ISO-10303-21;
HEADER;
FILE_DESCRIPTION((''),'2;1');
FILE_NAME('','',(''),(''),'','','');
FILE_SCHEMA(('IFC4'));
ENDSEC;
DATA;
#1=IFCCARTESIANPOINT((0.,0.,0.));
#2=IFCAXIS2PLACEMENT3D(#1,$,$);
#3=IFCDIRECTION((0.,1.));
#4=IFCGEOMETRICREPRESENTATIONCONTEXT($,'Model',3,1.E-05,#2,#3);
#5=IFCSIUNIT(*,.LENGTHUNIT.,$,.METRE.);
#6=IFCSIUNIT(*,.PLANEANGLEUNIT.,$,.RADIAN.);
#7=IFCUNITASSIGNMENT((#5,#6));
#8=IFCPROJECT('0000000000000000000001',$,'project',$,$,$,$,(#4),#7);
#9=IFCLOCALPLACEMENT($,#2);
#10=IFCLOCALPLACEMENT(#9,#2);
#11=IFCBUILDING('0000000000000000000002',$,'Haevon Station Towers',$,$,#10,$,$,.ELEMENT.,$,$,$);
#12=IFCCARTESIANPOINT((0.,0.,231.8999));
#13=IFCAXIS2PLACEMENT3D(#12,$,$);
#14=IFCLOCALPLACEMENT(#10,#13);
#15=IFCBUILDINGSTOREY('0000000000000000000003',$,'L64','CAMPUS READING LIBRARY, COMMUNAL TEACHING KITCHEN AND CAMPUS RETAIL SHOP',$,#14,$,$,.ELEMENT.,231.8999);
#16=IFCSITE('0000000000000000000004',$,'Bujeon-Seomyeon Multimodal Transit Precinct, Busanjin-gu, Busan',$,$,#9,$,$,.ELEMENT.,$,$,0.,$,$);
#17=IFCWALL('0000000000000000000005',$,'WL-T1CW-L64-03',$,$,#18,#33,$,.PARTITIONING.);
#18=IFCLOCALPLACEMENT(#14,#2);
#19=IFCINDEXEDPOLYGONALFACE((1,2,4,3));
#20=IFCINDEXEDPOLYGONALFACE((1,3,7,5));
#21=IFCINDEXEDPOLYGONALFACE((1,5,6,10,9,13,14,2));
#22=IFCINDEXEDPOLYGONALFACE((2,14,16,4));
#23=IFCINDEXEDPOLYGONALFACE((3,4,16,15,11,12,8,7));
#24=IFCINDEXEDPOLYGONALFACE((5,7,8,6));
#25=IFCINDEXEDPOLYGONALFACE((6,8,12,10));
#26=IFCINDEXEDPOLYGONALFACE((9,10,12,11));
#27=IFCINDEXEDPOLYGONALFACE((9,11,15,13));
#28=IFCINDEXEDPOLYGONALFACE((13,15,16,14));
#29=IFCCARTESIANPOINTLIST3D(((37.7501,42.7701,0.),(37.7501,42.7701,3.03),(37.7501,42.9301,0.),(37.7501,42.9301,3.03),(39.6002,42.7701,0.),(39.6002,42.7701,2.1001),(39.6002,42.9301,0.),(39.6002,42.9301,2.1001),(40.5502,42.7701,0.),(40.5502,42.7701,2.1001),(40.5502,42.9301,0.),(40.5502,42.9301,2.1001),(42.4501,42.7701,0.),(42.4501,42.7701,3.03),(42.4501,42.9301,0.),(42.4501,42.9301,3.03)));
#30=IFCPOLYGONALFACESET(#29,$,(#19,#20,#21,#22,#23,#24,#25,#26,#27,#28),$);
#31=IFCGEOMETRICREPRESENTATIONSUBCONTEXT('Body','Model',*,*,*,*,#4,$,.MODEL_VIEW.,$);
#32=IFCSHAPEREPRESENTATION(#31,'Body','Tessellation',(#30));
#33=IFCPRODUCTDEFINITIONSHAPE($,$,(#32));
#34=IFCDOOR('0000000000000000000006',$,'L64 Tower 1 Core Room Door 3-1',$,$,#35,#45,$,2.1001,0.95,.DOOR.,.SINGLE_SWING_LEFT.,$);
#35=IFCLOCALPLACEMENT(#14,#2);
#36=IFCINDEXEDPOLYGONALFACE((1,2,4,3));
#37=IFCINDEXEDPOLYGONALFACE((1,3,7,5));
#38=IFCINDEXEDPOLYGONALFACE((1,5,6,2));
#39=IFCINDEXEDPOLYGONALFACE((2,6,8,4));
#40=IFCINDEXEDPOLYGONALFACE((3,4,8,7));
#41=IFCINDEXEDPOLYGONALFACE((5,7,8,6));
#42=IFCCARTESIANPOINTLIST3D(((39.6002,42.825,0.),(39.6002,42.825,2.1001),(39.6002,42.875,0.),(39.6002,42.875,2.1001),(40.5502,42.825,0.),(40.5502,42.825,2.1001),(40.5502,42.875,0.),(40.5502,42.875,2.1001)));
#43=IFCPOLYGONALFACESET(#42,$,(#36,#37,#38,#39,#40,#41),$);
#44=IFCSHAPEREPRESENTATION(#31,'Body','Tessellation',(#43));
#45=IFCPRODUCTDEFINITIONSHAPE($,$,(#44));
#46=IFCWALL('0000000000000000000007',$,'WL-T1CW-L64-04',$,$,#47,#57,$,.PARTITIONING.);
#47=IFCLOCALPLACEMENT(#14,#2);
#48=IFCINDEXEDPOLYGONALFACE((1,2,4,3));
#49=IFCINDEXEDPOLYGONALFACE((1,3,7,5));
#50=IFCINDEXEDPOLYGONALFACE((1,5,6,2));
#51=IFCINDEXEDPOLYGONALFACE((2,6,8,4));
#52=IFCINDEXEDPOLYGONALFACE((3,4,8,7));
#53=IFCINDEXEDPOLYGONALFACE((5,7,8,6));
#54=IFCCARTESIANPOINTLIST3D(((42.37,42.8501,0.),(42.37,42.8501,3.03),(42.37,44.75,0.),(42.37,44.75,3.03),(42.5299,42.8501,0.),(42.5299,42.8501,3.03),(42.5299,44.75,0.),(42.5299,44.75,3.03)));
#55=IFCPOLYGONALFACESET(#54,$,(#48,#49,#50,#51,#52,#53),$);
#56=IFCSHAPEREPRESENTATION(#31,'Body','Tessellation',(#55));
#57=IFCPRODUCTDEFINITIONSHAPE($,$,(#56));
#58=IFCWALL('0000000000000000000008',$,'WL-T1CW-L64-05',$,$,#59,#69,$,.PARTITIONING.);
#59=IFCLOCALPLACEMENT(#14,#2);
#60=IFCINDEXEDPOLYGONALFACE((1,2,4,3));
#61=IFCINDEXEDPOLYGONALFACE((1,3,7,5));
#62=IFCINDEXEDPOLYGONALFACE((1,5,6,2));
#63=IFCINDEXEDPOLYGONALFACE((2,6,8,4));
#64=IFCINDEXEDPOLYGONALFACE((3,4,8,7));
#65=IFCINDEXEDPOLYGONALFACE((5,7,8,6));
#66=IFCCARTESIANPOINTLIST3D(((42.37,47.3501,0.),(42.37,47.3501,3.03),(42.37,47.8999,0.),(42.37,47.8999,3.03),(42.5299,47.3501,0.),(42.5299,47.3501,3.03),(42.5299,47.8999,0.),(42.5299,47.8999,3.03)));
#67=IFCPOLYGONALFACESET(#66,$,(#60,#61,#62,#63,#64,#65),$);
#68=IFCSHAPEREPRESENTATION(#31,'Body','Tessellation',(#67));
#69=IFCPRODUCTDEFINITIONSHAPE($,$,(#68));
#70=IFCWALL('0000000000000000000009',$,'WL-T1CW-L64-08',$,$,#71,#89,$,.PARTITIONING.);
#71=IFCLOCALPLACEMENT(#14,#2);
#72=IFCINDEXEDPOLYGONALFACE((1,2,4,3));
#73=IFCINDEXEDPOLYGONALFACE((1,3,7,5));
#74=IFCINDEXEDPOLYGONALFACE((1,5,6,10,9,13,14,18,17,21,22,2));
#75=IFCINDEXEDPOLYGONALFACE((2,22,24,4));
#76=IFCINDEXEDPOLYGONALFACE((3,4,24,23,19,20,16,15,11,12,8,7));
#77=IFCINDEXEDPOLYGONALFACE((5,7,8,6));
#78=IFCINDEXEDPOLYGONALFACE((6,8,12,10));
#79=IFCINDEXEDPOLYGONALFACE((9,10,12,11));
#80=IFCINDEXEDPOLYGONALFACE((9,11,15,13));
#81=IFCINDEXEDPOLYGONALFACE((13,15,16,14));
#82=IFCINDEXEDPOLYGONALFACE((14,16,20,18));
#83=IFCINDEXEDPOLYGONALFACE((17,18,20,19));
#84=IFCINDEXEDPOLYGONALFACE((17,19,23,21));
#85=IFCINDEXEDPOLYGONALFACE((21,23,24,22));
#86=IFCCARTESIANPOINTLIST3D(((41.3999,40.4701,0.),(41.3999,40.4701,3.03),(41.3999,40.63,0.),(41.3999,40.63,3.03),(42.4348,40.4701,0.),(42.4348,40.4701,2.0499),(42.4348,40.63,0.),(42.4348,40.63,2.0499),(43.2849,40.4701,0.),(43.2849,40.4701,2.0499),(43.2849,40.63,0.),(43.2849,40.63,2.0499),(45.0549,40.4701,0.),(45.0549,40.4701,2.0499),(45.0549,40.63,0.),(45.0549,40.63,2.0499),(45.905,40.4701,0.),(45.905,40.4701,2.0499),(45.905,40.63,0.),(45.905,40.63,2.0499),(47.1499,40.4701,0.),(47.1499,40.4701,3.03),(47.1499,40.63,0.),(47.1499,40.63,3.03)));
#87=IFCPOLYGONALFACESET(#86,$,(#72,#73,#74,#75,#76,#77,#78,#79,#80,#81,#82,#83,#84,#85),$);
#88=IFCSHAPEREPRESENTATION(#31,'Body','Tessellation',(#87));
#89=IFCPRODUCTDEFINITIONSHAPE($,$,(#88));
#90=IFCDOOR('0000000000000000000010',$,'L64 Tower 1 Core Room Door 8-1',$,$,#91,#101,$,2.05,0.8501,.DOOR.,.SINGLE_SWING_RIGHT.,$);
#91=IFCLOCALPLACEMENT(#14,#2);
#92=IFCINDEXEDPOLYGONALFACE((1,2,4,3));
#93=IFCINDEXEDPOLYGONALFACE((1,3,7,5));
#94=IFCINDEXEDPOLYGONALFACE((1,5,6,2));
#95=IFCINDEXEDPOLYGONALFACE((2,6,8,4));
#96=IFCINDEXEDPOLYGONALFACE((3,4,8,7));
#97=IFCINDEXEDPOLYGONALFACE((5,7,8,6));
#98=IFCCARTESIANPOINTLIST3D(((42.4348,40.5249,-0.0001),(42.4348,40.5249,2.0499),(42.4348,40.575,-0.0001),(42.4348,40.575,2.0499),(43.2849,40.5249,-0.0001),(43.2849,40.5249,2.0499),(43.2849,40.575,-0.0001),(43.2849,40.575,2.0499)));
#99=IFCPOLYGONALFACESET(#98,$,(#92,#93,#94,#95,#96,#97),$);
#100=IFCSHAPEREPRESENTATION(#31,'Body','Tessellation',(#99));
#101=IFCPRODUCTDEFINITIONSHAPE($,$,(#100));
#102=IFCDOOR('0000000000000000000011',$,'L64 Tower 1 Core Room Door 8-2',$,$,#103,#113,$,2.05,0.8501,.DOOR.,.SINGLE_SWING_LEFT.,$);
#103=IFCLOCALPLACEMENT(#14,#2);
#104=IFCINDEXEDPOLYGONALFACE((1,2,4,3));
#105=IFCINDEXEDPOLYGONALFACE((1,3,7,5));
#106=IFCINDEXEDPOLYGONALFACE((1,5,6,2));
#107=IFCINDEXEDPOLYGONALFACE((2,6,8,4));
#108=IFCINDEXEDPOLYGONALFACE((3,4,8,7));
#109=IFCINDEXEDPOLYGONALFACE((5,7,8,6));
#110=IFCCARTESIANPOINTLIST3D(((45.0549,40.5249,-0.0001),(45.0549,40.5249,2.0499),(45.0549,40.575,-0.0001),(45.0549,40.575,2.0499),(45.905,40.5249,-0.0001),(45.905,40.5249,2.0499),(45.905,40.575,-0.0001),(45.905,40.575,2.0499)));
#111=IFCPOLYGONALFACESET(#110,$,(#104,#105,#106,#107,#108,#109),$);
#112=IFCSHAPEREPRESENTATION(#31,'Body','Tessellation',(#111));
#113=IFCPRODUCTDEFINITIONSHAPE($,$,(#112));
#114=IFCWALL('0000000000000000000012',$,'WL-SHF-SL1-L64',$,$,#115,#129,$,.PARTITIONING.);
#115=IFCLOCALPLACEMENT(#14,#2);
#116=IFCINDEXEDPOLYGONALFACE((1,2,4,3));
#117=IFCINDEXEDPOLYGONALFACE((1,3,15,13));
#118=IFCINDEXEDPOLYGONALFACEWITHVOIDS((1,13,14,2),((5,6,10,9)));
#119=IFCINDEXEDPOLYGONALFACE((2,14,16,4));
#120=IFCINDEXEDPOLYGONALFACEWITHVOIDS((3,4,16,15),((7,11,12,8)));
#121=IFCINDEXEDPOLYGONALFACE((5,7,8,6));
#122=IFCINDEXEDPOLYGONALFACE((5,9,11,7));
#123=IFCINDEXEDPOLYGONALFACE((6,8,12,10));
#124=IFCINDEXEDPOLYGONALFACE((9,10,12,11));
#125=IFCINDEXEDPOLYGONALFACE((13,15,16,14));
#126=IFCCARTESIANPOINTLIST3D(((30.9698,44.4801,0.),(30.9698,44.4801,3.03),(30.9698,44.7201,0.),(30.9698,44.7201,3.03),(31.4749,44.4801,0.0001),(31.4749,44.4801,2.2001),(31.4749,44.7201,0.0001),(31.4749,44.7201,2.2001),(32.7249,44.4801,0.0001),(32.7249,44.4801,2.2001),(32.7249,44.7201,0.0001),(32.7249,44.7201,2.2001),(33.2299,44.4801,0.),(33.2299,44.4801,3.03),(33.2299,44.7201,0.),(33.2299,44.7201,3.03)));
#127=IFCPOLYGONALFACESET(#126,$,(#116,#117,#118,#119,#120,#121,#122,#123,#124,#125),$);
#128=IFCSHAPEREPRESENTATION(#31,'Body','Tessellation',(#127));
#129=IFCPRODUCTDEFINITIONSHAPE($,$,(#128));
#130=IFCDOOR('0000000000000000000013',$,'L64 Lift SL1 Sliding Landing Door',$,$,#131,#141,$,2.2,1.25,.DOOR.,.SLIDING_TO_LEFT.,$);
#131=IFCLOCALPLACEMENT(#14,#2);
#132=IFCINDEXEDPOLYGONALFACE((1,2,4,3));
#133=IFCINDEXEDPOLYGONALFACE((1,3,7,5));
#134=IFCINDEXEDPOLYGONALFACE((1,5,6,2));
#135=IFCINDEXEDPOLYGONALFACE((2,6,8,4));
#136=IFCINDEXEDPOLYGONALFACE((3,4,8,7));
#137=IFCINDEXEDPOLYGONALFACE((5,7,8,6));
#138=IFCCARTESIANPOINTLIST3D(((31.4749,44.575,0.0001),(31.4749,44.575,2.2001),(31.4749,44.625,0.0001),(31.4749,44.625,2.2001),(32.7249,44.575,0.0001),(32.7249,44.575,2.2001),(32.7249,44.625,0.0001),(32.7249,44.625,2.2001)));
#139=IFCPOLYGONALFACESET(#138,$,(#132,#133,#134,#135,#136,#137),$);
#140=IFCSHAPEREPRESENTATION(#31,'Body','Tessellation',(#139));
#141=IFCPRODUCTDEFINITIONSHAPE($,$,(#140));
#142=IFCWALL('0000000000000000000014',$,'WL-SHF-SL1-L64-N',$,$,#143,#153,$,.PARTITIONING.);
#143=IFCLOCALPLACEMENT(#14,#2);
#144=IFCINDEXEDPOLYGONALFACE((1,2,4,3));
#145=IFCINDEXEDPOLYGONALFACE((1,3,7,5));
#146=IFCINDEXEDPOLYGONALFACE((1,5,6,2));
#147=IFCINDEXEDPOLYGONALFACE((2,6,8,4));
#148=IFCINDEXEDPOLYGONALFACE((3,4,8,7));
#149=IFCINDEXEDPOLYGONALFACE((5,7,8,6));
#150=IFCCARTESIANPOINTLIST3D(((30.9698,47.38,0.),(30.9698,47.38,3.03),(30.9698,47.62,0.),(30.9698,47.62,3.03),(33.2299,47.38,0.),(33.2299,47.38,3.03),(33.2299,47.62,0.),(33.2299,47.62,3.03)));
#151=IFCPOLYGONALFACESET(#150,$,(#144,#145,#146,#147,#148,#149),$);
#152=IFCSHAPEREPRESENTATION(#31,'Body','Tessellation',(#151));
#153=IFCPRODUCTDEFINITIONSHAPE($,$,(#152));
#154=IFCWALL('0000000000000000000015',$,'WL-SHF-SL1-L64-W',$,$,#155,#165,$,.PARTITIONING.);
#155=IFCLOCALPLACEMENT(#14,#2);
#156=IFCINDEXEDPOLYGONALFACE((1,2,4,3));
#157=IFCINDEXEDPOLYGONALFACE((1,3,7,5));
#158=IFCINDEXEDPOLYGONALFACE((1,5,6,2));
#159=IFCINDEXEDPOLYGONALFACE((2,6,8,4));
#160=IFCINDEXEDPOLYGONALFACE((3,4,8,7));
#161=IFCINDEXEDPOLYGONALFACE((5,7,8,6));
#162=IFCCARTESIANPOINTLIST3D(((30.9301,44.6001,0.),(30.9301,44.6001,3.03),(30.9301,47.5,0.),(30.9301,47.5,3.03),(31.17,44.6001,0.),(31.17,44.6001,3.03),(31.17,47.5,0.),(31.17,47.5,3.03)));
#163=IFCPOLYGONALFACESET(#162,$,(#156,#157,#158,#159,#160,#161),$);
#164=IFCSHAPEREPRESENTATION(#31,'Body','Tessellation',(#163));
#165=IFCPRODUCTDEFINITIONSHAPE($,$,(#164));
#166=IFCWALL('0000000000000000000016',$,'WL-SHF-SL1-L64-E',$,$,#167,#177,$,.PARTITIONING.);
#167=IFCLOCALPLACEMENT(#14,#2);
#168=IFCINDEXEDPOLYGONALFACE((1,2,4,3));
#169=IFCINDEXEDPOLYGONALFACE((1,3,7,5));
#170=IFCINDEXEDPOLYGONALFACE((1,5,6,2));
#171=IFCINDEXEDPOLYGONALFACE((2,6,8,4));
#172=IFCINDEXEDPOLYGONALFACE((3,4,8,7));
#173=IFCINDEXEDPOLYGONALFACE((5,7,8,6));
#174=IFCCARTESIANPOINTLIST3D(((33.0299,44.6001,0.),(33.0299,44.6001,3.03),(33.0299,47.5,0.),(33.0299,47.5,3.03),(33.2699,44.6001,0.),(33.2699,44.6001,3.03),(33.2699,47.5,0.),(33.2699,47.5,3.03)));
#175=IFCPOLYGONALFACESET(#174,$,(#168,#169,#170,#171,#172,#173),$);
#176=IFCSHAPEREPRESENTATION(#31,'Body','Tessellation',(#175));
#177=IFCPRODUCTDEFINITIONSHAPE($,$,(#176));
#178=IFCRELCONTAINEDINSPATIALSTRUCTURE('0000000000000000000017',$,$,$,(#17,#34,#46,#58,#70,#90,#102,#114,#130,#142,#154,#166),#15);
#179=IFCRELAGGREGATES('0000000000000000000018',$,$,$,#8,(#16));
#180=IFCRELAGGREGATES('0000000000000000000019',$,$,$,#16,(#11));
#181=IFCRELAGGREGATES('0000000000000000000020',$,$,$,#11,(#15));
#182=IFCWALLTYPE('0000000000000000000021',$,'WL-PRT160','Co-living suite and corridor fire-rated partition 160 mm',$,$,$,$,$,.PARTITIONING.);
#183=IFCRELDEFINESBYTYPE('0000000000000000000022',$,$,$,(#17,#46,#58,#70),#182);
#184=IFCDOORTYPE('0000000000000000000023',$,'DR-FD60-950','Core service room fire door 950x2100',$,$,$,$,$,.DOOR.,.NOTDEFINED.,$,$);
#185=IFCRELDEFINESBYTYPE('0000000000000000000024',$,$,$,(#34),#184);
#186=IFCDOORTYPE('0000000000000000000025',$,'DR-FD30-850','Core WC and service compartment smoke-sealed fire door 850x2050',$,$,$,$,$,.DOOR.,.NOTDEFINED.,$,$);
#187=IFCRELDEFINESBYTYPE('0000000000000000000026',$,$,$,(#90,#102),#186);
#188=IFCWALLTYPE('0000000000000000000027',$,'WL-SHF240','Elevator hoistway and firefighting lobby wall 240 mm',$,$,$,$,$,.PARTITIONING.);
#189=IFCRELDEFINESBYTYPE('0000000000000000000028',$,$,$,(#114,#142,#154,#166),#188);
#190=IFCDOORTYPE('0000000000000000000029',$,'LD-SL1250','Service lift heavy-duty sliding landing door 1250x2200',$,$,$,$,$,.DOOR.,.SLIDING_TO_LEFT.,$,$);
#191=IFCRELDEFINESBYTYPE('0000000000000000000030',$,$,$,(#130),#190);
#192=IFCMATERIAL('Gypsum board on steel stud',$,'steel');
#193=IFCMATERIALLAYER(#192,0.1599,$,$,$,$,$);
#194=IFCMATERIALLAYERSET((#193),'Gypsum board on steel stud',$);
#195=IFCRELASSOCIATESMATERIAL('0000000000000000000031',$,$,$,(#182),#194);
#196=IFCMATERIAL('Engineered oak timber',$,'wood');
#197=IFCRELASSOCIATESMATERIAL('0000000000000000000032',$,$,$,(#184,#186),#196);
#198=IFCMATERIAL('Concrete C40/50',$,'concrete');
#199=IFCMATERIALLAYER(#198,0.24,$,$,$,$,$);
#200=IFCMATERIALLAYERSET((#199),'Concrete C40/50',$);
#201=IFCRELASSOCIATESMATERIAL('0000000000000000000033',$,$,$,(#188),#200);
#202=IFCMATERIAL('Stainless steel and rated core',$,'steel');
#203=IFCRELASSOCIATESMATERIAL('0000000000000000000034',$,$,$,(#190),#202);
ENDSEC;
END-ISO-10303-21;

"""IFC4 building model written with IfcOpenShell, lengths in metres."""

from ifc_helpers import new_model, si_unit, direction, frame, frame_2d, origin, place, context, subcontext, project, spatial, rectangle, extrude, material, layer, layer_set, type_object, element, fill, save


model = new_model("IFC4")

# Units and contexts
model_context = context("Model", 3, precision=1e-05, world=origin(), true_north=direction((0.0, 1.0)))
body_context = subcontext(model_context, "Body", "Model", "MODEL_VIEW")
ifc_project = project(units=[si_unit("LENGTHUNIT", "METRE"), si_unit("PLANEANGLEUNIT", "RADIAN")], contexts=[model_context])

# Site, building, storey
site_placement = place(None, origin())
site = spatial("IfcSite", under=ifc_project, at=site_placement, Name="Bujeon-Seomyeon Multimodal Transit Precinct, Busanjin-gu, Busan", CompositionType="ELEMENT", RefElevation=0.0)
building_placement = place(site_placement, origin())
building = spatial("IfcBuilding", under=site, at=building_placement, Name="Haevon Station Towers", CompositionType="ELEMENT")
storey_placement = place(building_placement, frame((0.0, 0.0, 231.8999)))
storey = spatial("IfcBuildingStorey", under=building, at=storey_placement, Name="L64", Description="CAMPUS READING LIBRARY, COMMUNAL TEACHING KITCHEN AND CAMPUS RETAIL SHOP", CompositionType="ELEMENT", Elevation=231.8999)

# Shared definitions
ifc_material_1 = material(Name="Gypsum board on steel stud", Category="steel")
ifc_layer_1 = layer(ifc_material_1, 0.1599)
ifc_layer_set_1 = layer_set([ifc_layer_1], Name="Gypsum board on steel stud")
wall_type_1 = type_object("IfcWallType", Name="WL-PRT160", Description="Co-living suite and corridor fire-rated partition 160 mm", PredefinedType="PARTITIONING", material=ifc_layer_set_1)
ifc_material_2 = material(Name="Engineered oak timber", Category="wood")
door_type_1 = type_object("IfcDoorType", Name="DR-FD60-950", Description="Core service room fire door 950x2100", OperationType="NOTDEFINED", PredefinedType="DOOR", material=ifc_material_2)

# Wall, opening, door
wall_1_placement = place(storey_placement, frame((37.75, 42.8501, 0.0), z_axis=(0.0, 0.0, 1.0), x_axis=(1.0, 0.0, 0.0)))
wall_1 = element("IfcWall", 1, at=wall_1_placement, inside=storey, type_object=wall_type_1, Name="WL-T1CW-L64-03", PredefinedType="PARTITIONING", context=body_context, shape_type="SweptSolid", body=[
    extrude(rectangle(XDim=4.7, YDim=0.1599, at=frame_2d((2.3501, 0.0))), origin(), (0.0, 0.0, 1.0), 3.03),
])
opening_1_placement = place(wall_1_placement, frame((1.8501, 0.0, 0.0)))
opening_1 = element("IfcOpeningElement", 2, at=opening_1_placement, cuts=wall_1, PredefinedType="OPENING", context=body_context, shape_type="SweptSolid", body=[
    extrude(rectangle(XDim=0.95, YDim=2.1001, at=frame_2d((0.4751, 1.05))), frame((0.0, 0.0898, 0.0), z_axis=(0.0, -1.0, 0.0), x_axis=(1.0, 0.0, 0.0)), (0.0, 0.0, 1.0), 0.1799),
])
door_1_placement = place(opening_1_placement, origin())
door_1 = element("IfcDoor", 3, at=door_1_placement, inside=storey, type_object=door_type_1, Name="L64 Tower 1 Core Room Door 3-1", OperationType="SINGLE_SWING_LEFT", OverallHeight=2.1001, OverallWidth=0.95, PredefinedType="DOOR", context=body_context, shape_type="SweptSolid", body=[
    extrude(rectangle(XDim=0.95, YDim=2.1001, at=frame_2d((0.4751, 1.05))), frame((0.0, 0.0249, 0.0), z_axis=(0.0, -1.0, 0.0), x_axis=(1.0, 0.0, 0.0)), (0.0, 0.0, 1.0), 0.05),
])
fill(opening_1, door_1)

# Walls
wall_2_placement = place(storey_placement, frame((42.45, 42.8501, 0.0), z_axis=(0.0, 0.0, 1.0), x_axis=(0.0, 1.0, 0.0)))
element("IfcWall", 4, at=wall_2_placement, inside=storey, type_object=wall_type_1, Name="WL-T1CW-L64-04", PredefinedType="PARTITIONING", context=body_context, shape_type="SweptSolid", body=[
    extrude(rectangle(XDim=1.8999, YDim=0.1599, at=frame_2d((0.95, 0.0))), origin(), (0.0, 0.0, 1.0), 3.03),
])
wall_3_placement = place(storey_placement, frame((42.45, 47.3501, 0.0), z_axis=(0.0, 0.0, 1.0), x_axis=(0.0, 1.0, 0.0)))
element("IfcWall", 5, at=wall_3_placement, inside=storey, type_object=wall_type_1, Name="WL-T1CW-L64-05", PredefinedType="PARTITIONING", context=body_context, shape_type="SweptSolid", body=[
    extrude(rectangle(XDim=0.5498, YDim=0.1599, at=frame_2d((0.2749, 0.0))), origin(), (0.0, 0.0, 1.0), 3.03),
])

# Wall, openings, doors
wall_4_placement = place(storey_placement, frame((41.3999, 40.55, 0.0), z_axis=(0.0, 0.0, 1.0), x_axis=(1.0, 0.0, 0.0)))
wall_4 = element("IfcWall", 6, at=wall_4_placement, inside=storey, type_object=wall_type_1, Name="WL-T1CW-L64-08", PredefinedType="PARTITIONING", context=body_context, shape_type="SweptSolid", body=[
    extrude(rectangle(XDim=5.75, YDim=0.1599, at=frame_2d((2.875, 0.0))), origin(), (0.0, 0.0, 1.0), 3.03),
])
opening_2_placement = place(wall_4_placement, frame((1.0349, 0.0, 0.0)))
opening_2 = element("IfcOpeningElement", 7, at=opening_2_placement, cuts=wall_4, PredefinedType="OPENING", context=body_context, shape_type="SweptSolid", body=[
    extrude(rectangle(XDim=0.8501, YDim=2.05, at=frame_2d((0.425, 1.0249))), frame((0.0, 0.0898, 0.0), z_axis=(0.0, -1.0, 0.0), x_axis=(1.0, 0.0, 0.0)), (0.0, 0.0, 1.0), 0.1799),
])
opening_3_placement = place(wall_4_placement, frame((3.655, 0.0, 0.0)))
opening_3 = element("IfcOpeningElement", 8, at=opening_3_placement, cuts=wall_4, PredefinedType="OPENING", context=body_context, shape_type="SweptSolid", body=[
    extrude(rectangle(XDim=0.8501, YDim=2.05, at=frame_2d((0.425, 1.0249))), frame((0.0, 0.0898, 0.0), z_axis=(0.0, -1.0, 0.0), x_axis=(1.0, 0.0, 0.0)), (0.0, 0.0, 1.0), 0.1799),
])
door_type_2 = type_object("IfcDoorType", Name="DR-FD30-850", Description="Core WC and service compartment smoke-sealed fire door 850x2050", OperationType="NOTDEFINED", PredefinedType="DOOR", material=ifc_material_2)
door_2_placement = place(opening_2_placement, origin())
door_2 = element("IfcDoor", 9, at=door_2_placement, inside=storey, type_object=door_type_2, Name="L64 Tower 1 Core Room Door 8-1", OperationType="SINGLE_SWING_RIGHT", OverallHeight=2.05, OverallWidth=0.8501, PredefinedType="DOOR", context=body_context, shape_type="SweptSolid", body=[
    extrude(rectangle(XDim=0.8501, YDim=2.05, at=frame_2d((0.425, 1.0249))), frame((0.0, 0.0249, 0.0), z_axis=(0.0, -1.0, 0.0), x_axis=(1.0, 0.0, 0.0)), (0.0, 0.0, 1.0), 0.05),
])
fill(opening_2, door_2)
door_3_placement = place(opening_3_placement, origin())
door_3 = element("IfcDoor", 10, at=door_3_placement, inside=storey, type_object=door_type_2, Name="L64 Tower 1 Core Room Door 8-2", OperationType="SINGLE_SWING_LEFT", OverallHeight=2.05, OverallWidth=0.8501, PredefinedType="DOOR", context=body_context, shape_type="SweptSolid", body=[
    extrude(rectangle(XDim=0.8501, YDim=2.05, at=frame_2d((0.425, 1.0249))), frame((0.0, 0.0249, 0.0), z_axis=(0.0, -1.0, 0.0), x_axis=(1.0, 0.0, 0.0)), (0.0, 0.0, 1.0), 0.05),
])
fill(opening_3, door_3)

# Wall, opening, door
ifc_material_3 = material(Name="Concrete C40/50", Category="concrete")
ifc_layer_2 = layer(ifc_material_3, 0.24)
ifc_layer_set_2 = layer_set([ifc_layer_2], Name="Concrete C40/50")
wall_type_2 = type_object("IfcWallType", Name="WL-SHF240", Description="Elevator hoistway and firefighting lobby wall 240 mm", PredefinedType="PARTITIONING", material=ifc_layer_set_2)
wall_5_placement = place(storey_placement, frame((30.97, 44.6001, 0.0), z_axis=(0.0, 0.0, 1.0), x_axis=(1.0, 0.0, 0.0)))
wall_5 = element("IfcWall", 11, at=wall_5_placement, inside=storey, type_object=wall_type_2, Name="WL-SHF-SL1-L64", PredefinedType="PARTITIONING", context=body_context, shape_type="SweptSolid", body=[
    extrude(rectangle(XDim=2.26, YDim=0.24, at=frame_2d((1.1299, 0.0))), origin(), (0.0, 0.0, 1.0), 3.03),
])
opening_4_placement = place(wall_5_placement, frame((0.5049, 0.0, 0.0)))
opening_4 = element("IfcOpeningElement", 12, at=opening_4_placement, cuts=wall_5, PredefinedType="OPENING", context=body_context, shape_type="SweptSolid", body=[
    extrude(rectangle(XDim=1.25, YDim=2.2, at=frame_2d((0.625, 1.1001))), frame((0.0, 0.1299, 0.0), z_axis=(0.0, -1.0, 0.0), x_axis=(1.0, 0.0, 0.0)), (0.0, 0.0, 1.0), 0.26),
])
ifc_material_4 = material(Name="Stainless steel and rated core", Category="steel")
door_type_3 = type_object("IfcDoorType", Name="LD-SL1250", Description="Service lift heavy-duty sliding landing door 1250x2200", OperationType="SLIDING_TO_LEFT", PredefinedType="DOOR", material=ifc_material_4)
door_4_placement = place(opening_4_placement, origin())
door_4 = element("IfcDoor", 13, at=door_4_placement, inside=storey, type_object=door_type_3, Name="L64 Lift SL1 Sliding Landing Door", OperationType="SLIDING_TO_LEFT", OverallHeight=2.2, OverallWidth=1.25, PredefinedType="DOOR", context=body_context, shape_type="SweptSolid", body=[
    extrude(rectangle(XDim=1.25, YDim=2.2, at=frame_2d((0.625, 1.1001))), frame((0.0, 0.0249, 0.0), z_axis=(0.0, -1.0, 0.0), x_axis=(1.0, 0.0, 0.0)), (0.0, 0.0, 1.0), 0.05),
])
fill(opening_4, door_4)

# Walls
wall_6_placement = place(storey_placement, frame((30.97, 47.5, 0.0), z_axis=(0.0, 0.0, 1.0), x_axis=(1.0, 0.0, 0.0)))
element("IfcWall", 14, at=wall_6_placement, inside=storey, type_object=wall_type_2, Name="WL-SHF-SL1-L64-N", PredefinedType="PARTITIONING", context=body_context, shape_type="SweptSolid", body=[
    extrude(rectangle(XDim=2.26, YDim=0.24, at=frame_2d((1.1299, 0.0))), origin(), (0.0, 0.0, 1.0), 3.03),
])
for number, where, z_axis, x_axis, name in (
    (15, (31.05, 44.6001, 0.0), (0.0, 0.0, 1.0), (0.0, 1.0, 0.0), "WL-SHF-SL1-L64-W"),
    (16, (33.1499, 44.6001, 0.0), (0.0, 0.0, 1.0), (0.0, 1.0, 0.0), "WL-SHF-SL1-L64-E"),
):
    element("IfcWall", number, at=place(storey_placement, frame(where, z_axis=z_axis, x_axis=x_axis)), inside=storey, type_object=wall_type_2, Name=name, PredefinedType="PARTITIONING", context=body_context, shape_type="SweptSolid", body=[
        extrude(rectangle(XDim=2.8999, YDim=0.24, at=frame_2d((1.45, 0.0))), origin(), (0.0, 0.0, 1.0), 3.03),
    ])

save(model, "model.ifc")
